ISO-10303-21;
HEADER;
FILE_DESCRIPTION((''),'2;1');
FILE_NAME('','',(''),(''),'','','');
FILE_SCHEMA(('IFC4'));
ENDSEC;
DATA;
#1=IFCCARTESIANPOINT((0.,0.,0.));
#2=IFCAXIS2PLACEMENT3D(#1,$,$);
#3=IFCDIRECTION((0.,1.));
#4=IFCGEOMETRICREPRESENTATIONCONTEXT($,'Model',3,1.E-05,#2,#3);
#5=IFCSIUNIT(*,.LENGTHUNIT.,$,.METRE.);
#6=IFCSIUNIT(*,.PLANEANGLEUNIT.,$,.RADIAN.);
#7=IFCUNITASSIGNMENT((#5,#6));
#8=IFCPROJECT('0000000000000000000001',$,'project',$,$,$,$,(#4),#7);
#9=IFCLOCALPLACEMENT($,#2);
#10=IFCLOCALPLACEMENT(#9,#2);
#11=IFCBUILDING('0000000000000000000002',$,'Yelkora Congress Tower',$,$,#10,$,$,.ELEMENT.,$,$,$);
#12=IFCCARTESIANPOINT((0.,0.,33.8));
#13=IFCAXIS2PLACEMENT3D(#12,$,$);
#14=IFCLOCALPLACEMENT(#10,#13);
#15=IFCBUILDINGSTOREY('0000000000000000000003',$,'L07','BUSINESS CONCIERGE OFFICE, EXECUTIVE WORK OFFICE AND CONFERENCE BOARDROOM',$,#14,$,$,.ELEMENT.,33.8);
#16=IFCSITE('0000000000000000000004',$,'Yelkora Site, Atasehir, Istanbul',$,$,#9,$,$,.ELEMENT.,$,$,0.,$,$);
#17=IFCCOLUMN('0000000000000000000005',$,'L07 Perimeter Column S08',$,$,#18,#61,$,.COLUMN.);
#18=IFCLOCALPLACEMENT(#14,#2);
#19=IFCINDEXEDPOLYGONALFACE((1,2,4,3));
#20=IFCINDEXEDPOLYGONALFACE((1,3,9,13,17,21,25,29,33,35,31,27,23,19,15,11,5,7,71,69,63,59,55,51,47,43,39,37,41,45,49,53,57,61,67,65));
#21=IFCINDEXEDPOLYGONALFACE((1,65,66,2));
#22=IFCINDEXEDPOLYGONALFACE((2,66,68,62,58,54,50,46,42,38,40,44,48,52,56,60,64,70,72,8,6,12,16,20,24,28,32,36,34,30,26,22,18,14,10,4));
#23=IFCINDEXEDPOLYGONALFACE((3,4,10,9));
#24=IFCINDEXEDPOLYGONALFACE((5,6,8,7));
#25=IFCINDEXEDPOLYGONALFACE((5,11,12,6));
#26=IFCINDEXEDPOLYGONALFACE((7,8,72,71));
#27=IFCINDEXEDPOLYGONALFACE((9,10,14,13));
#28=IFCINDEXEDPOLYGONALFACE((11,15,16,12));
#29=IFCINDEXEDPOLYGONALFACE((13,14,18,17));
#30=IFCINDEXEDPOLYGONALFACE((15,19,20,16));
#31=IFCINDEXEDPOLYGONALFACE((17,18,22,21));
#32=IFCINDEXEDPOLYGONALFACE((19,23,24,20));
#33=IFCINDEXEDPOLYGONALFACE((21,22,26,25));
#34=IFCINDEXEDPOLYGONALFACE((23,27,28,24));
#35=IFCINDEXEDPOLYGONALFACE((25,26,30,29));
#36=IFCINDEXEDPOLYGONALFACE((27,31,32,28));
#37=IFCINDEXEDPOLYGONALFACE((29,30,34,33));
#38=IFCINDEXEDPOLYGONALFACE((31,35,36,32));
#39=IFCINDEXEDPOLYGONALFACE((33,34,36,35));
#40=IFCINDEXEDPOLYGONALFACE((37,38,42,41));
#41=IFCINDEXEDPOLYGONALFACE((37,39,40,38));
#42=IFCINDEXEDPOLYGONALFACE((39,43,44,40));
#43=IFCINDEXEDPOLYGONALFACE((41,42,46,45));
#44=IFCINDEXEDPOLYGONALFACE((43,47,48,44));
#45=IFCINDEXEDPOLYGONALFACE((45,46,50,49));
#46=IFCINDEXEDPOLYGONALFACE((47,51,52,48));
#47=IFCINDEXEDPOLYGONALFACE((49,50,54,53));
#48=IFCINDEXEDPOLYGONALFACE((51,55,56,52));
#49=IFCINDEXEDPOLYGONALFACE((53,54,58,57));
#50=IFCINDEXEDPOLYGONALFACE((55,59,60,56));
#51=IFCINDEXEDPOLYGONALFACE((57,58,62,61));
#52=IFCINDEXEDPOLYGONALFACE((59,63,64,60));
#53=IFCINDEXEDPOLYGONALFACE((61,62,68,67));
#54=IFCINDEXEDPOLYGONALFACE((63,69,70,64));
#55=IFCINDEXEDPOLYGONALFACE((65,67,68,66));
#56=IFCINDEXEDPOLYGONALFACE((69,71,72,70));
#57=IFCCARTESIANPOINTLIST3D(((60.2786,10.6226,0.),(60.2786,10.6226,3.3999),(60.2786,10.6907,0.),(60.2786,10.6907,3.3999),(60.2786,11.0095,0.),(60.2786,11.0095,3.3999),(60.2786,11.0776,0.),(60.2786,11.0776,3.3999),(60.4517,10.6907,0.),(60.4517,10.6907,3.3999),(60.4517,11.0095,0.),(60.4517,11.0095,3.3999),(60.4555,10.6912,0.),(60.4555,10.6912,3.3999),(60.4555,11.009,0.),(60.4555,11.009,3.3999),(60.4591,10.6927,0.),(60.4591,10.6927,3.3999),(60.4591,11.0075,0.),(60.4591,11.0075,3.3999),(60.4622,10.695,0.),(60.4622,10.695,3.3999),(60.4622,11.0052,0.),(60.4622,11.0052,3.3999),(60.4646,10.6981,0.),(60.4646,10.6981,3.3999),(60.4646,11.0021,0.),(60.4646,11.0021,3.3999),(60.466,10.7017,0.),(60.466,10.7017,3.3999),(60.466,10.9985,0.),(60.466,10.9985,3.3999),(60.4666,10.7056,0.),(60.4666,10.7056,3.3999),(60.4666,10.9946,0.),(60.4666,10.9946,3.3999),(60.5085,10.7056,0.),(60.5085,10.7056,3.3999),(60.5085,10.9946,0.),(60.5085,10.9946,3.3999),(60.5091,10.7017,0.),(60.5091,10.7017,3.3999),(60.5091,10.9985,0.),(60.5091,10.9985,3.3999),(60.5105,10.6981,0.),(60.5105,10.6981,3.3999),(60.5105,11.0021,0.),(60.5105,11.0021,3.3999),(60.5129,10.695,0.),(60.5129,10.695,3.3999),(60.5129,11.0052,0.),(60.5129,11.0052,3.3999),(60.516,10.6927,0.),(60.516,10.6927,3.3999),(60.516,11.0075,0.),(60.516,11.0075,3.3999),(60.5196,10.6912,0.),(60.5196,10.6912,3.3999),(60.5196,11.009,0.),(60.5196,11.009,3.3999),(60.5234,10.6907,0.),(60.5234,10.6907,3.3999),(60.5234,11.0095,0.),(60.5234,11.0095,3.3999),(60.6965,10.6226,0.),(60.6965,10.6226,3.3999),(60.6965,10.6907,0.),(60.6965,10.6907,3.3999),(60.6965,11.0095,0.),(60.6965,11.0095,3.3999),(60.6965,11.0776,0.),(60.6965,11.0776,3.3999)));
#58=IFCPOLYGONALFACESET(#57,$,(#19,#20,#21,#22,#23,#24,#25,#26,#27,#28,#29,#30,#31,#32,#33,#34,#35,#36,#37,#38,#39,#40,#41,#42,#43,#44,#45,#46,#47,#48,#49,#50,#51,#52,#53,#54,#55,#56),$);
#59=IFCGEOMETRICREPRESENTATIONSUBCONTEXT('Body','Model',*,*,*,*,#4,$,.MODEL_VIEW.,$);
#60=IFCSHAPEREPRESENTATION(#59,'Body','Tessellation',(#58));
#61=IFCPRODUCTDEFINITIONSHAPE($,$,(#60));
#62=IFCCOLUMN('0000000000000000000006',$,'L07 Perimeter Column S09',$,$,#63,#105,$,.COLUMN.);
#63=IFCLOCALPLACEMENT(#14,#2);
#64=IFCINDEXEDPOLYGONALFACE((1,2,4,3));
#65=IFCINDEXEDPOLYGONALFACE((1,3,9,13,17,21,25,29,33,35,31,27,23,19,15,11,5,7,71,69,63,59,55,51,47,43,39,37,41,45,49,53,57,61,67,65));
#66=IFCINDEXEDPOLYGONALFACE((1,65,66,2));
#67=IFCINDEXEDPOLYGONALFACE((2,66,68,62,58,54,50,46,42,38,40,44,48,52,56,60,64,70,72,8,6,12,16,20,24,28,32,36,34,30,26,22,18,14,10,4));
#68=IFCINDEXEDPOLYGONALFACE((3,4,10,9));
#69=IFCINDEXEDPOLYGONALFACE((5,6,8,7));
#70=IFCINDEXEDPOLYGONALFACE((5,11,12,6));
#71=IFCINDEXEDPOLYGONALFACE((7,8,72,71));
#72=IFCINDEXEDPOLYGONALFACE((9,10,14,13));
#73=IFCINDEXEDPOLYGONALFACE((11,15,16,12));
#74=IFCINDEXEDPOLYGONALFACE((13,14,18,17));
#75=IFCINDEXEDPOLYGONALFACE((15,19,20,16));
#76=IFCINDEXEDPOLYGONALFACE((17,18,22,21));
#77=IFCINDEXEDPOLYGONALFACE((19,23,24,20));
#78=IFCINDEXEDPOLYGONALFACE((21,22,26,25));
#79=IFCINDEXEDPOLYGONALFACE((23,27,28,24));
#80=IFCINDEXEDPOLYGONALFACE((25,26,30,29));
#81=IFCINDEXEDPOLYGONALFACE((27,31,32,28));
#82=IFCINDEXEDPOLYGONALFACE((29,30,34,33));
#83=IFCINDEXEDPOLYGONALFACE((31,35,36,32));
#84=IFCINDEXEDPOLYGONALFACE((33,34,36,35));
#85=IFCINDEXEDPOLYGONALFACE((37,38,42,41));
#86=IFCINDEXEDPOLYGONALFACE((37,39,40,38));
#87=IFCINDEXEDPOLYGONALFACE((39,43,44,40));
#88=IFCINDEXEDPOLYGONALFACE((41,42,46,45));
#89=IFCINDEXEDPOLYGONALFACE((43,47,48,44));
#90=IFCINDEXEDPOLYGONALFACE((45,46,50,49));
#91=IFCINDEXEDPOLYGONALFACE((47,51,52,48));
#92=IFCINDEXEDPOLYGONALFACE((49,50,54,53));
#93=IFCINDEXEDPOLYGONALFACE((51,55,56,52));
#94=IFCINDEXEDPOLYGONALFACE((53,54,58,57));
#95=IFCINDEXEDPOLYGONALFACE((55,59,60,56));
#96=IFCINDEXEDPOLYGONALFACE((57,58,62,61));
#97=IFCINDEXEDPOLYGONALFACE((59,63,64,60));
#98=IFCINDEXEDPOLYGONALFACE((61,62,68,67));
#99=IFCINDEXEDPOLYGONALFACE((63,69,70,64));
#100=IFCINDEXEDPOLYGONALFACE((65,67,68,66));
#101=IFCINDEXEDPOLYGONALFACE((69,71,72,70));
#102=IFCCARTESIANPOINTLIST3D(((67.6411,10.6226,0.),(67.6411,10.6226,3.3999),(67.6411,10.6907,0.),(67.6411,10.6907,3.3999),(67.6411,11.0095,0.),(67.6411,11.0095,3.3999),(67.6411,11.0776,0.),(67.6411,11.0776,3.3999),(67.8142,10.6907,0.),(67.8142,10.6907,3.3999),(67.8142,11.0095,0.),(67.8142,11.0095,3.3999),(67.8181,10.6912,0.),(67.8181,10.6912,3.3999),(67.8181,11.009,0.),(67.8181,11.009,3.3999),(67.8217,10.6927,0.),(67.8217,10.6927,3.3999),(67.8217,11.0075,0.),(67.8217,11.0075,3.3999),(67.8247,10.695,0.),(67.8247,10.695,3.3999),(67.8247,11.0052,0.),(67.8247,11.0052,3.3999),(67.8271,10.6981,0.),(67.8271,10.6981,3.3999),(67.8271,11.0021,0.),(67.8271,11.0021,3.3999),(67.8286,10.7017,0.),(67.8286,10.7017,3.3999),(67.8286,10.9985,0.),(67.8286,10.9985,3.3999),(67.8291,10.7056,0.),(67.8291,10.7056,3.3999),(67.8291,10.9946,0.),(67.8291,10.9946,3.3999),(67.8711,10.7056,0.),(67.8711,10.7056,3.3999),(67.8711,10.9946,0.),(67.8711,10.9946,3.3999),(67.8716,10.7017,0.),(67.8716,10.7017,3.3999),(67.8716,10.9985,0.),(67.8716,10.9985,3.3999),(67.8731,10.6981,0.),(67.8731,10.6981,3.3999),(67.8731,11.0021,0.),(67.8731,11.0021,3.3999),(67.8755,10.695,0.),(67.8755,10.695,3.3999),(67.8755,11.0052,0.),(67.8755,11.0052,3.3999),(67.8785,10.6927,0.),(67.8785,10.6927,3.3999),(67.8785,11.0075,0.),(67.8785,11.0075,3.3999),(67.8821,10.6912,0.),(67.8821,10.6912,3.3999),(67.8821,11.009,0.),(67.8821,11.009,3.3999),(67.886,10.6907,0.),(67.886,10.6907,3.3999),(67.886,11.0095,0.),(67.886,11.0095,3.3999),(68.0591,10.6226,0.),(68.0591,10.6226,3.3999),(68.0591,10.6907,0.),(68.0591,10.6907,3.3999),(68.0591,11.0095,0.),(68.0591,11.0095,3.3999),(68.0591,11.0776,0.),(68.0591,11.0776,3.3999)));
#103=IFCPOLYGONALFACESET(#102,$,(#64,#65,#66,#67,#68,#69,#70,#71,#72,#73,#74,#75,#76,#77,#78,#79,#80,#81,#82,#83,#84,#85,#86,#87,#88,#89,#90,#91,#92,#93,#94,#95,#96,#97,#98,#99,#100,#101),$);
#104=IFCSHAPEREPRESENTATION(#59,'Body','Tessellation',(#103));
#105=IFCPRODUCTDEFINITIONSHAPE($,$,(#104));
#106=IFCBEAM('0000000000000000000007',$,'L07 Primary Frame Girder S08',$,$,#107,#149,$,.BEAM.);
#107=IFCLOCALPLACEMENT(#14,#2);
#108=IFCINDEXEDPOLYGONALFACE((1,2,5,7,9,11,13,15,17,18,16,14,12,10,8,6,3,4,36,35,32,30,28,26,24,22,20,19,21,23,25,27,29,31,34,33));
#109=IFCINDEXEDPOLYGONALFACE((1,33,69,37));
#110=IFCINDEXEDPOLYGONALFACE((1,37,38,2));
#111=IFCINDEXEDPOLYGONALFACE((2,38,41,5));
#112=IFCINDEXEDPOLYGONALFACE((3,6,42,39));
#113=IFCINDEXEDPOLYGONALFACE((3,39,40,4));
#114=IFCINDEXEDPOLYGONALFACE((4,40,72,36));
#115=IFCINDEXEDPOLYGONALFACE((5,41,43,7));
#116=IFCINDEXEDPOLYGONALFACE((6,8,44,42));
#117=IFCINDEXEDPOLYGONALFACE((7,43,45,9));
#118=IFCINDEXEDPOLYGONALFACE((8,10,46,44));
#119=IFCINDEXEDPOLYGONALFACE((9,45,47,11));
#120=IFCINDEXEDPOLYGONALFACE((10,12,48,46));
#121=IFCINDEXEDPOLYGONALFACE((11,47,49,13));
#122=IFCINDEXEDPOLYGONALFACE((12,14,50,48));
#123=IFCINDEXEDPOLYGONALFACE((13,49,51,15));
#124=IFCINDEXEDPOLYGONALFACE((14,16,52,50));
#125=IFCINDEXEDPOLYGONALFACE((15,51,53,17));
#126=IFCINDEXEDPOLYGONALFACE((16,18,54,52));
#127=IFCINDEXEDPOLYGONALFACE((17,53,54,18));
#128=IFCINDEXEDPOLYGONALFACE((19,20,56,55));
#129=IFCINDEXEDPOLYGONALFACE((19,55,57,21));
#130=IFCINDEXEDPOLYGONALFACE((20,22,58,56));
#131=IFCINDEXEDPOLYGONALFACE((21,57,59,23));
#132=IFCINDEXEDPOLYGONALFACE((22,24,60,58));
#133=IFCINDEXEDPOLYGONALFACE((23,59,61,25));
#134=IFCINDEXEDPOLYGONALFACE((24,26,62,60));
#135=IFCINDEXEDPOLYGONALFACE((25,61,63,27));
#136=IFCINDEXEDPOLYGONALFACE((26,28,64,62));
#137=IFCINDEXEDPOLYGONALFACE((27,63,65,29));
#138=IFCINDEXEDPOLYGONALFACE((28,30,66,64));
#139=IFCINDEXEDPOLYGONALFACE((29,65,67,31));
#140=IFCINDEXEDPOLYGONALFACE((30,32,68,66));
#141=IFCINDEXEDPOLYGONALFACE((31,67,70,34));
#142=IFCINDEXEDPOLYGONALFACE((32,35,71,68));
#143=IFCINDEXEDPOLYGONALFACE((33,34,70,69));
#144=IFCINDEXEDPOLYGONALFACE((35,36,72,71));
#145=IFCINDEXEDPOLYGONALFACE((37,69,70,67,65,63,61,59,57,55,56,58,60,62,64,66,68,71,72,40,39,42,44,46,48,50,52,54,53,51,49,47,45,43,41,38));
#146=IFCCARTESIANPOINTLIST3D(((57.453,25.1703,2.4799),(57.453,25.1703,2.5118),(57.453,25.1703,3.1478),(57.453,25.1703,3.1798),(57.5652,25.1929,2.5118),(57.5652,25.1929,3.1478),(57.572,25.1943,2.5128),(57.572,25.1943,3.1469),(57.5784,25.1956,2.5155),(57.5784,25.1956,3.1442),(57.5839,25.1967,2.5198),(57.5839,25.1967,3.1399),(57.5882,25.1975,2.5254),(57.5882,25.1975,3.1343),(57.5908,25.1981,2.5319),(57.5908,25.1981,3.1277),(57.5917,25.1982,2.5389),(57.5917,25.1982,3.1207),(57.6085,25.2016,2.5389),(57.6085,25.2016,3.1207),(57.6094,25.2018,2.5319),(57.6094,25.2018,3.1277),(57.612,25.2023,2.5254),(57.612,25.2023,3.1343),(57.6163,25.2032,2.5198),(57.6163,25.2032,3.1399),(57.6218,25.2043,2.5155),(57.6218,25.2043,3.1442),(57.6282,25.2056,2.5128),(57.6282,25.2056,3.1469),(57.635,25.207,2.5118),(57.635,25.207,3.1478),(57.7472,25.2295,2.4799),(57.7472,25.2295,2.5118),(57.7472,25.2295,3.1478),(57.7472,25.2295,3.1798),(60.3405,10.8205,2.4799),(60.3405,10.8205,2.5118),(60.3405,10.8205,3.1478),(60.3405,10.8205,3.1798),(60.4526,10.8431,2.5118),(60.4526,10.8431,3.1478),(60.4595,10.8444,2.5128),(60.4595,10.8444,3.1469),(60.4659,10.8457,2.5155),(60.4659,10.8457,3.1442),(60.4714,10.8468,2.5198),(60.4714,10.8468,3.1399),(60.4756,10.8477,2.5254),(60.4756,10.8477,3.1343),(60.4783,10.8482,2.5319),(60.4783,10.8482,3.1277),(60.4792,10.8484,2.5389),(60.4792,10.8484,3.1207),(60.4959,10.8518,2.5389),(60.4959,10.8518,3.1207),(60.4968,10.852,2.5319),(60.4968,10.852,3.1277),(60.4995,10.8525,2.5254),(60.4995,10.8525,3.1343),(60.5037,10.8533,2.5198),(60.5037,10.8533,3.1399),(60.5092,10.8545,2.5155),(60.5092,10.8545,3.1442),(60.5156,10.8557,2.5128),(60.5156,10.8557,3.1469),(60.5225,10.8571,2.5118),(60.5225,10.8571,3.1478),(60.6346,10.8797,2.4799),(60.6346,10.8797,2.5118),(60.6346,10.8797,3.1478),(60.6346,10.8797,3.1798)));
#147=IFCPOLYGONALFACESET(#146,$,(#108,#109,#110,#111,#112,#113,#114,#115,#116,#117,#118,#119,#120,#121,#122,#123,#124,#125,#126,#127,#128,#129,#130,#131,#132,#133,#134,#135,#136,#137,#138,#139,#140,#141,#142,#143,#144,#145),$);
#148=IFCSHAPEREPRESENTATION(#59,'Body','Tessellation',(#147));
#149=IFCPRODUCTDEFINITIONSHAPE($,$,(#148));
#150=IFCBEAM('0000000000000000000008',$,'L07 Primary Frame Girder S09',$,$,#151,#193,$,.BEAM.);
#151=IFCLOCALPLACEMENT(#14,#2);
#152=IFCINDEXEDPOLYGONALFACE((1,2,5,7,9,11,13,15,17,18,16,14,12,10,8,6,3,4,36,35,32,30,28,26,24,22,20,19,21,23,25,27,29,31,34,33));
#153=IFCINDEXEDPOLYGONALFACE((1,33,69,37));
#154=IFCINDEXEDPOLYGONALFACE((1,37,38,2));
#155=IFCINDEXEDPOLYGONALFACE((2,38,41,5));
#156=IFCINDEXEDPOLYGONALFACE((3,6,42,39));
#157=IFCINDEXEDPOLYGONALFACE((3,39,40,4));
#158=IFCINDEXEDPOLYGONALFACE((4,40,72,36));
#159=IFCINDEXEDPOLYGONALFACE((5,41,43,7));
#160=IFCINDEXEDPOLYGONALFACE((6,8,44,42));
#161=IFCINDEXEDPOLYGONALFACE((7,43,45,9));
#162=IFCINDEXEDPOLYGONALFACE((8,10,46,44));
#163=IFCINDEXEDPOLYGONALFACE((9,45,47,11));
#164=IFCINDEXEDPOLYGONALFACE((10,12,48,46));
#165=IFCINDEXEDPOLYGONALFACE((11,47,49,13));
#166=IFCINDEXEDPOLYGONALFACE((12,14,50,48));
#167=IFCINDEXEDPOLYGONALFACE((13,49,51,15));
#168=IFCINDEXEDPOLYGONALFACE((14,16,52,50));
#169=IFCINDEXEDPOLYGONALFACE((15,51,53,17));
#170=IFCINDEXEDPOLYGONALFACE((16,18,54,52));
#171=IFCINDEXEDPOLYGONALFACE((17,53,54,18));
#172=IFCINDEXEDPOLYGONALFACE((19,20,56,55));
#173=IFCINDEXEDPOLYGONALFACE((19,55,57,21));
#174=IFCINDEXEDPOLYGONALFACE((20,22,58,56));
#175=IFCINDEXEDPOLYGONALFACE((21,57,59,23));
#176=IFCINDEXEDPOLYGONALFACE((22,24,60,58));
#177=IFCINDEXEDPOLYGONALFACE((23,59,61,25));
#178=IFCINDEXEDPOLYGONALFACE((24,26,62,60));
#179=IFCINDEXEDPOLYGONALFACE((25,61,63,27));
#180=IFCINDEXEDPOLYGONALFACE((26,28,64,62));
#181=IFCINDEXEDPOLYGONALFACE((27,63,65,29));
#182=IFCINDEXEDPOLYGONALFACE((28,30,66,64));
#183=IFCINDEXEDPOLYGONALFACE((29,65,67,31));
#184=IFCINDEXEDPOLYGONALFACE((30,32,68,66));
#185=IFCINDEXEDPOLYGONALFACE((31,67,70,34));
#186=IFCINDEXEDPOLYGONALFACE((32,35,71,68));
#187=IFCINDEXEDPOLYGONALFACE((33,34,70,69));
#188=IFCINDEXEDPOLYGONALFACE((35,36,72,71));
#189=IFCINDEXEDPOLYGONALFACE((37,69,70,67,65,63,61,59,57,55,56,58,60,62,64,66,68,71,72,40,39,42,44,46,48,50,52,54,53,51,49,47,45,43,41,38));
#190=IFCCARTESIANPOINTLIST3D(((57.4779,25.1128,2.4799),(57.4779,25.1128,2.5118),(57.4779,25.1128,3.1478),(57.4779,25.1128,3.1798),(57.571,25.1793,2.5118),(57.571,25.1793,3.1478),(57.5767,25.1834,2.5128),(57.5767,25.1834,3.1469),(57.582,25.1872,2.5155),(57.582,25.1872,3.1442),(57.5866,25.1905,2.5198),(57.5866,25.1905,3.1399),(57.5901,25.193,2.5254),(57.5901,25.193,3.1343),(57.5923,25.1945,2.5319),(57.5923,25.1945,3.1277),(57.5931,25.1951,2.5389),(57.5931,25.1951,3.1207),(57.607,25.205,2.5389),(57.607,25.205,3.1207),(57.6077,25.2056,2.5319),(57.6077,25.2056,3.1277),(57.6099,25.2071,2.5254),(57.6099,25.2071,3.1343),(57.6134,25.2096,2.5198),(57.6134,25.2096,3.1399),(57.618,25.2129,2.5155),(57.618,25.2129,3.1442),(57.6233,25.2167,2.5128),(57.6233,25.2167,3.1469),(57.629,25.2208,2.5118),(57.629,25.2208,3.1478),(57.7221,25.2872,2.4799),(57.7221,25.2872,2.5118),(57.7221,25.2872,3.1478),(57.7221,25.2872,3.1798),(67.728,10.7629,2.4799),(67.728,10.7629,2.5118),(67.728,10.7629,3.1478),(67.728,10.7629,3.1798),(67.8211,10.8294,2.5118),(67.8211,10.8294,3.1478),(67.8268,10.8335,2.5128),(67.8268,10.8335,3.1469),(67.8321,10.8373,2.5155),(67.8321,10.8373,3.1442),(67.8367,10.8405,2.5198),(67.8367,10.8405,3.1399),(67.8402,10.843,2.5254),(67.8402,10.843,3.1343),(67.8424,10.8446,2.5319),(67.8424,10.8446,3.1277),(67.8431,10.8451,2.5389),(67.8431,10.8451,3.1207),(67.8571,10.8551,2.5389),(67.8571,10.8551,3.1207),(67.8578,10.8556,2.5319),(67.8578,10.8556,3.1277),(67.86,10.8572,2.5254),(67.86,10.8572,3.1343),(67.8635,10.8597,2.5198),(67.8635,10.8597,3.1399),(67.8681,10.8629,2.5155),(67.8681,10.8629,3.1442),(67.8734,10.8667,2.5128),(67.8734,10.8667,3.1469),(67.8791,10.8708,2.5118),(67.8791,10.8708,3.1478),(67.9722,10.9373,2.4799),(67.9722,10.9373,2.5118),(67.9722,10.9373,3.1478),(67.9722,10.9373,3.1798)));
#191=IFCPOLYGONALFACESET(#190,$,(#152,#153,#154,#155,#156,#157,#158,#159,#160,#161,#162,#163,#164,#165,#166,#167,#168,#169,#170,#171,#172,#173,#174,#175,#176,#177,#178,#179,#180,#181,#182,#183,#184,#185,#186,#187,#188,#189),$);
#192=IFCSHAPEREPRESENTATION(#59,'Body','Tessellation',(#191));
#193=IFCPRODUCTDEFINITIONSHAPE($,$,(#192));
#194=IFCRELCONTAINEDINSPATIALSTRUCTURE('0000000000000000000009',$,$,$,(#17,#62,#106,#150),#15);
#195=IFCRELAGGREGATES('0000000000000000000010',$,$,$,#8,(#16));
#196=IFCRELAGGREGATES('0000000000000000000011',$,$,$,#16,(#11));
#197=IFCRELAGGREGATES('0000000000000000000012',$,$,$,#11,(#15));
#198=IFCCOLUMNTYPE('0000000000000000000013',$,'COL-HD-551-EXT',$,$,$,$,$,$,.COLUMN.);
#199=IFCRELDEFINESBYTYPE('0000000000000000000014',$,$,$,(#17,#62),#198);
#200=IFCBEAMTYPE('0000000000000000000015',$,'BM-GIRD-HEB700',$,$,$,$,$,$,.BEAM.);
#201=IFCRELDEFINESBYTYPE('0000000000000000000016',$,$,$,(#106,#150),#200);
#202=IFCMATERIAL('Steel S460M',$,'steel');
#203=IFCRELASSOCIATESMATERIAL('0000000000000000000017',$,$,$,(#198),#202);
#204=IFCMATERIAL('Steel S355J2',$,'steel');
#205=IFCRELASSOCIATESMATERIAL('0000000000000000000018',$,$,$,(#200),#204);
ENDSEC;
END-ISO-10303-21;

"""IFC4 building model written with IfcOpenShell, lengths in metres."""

from ifc_helpers import new_model, si_unit, direction, frame, origin, origin_2d, place, context, subcontext, project, spatial, i_section, extrude, material, material_profile, profile_set, type_object, element, save


model = new_model("IFC4")

# Units and contexts
model_context = context("Model", 3, precision=1e-05, world=origin(), true_north=direction((0.0, 1.0)))
body_context = subcontext(model_context, "Body", "Model", "MODEL_VIEW")
ifc_project = project(units=[si_unit("LENGTHUNIT", "METRE"), si_unit("PLANEANGLEUNIT", "RADIAN")], contexts=[model_context])

# Site, building, storey
site_placement = place(None, origin())
site = spatial("IfcSite", under=ifc_project, at=site_placement, Name="Yelkora Site, Atasehir, Istanbul", CompositionType="ELEMENT", RefElevation=0.0)
building_placement = place(site_placement, origin())
building = spatial("IfcBuilding", under=site, at=building_placement, Name="Yelkora Congress Tower", CompositionType="ELEMENT")
storey_placement = place(building_placement, frame((0.0, 0.0, 33.8)))
storey = spatial("IfcBuildingStorey", under=building, at=storey_placement, Name="L07", Description="BUSINESS CONCIERGE OFFICE, EXECUTIVE WORK OFFICE AND CONFERENCE BOARDROOM", CompositionType="ELEMENT", Elevation=33.8)

# Columns
ifc_material_1 = material(Name="Steel S460M", Category="steel")
ifc_material_profile_1 = material_profile(ifc_material_1, i_section(OverallWidth=0.418, OverallDepth=0.4551, WebThickness=0.042, FlangeThickness=0.0681, FilletRadius=0.0149, at=origin_2d()), Name="HD 400x551")
ifc_profile_set_1 = profile_set([ifc_material_profile_1], Name="Steel S460M")
column_type = type_object("IfcColumnType", Name="COL-HD-551-EXT", PredefinedType="COLUMN", material=ifc_profile_set_1)
for number, where, z_axis, x_axis, name in (
    (1, (60.4875, 10.8501, 0.0), (0.0, 0.0, 1.0), (1.0, 0.0, 0.0), "L07 Perimeter Column S08"),
    (2, (67.8501, 10.8501, 0.0), (0.0, 0.0, 1.0), (1.0, 0.0, 0.0), "L07 Perimeter Column S09"),
):
    element("IfcColumn", number, at=place(storey_placement, frame(where, z_axis=z_axis, x_axis=x_axis)), inside=storey, type_object=column_type, Name=name, PredefinedType="COLUMN", context=body_context, shape_type="SweptSolid", body=[
        extrude(i_section(OverallWidth=0.418, OverallDepth=0.4551, WebThickness=0.042, FlangeThickness=0.0681, FilletRadius=0.0149, at=origin_2d()), origin(), (0.0, 0.0, 1.0), 3.3999),
    ])

# Beams
ifc_material_2 = material(Name="Steel S355J2", Category="steel")
ifc_material_profile_2 = material_profile(ifc_material_2, i_section(OverallWidth=0.3, OverallDepth=0.7, WebThickness=0.0171, FlangeThickness=0.032, FilletRadius=0.0271, at=origin_2d()), Name="HEB 700")
ifc_profile_set_2 = profile_set([ifc_material_profile_2], Name="Steel S355J2")
beam_type_1 = type_object("IfcBeamType", Name="BM-GIRD-HEB700", PredefinedType="BEAM", material=ifc_profile_set_2)
beam_1_placement = place(storey_placement, frame((60.4875, 10.8501, 2.8298), z_axis=(-0.197264, 0.98035, 0.0), x_axis=(-0.98035, -0.197264, 0.0)))
element("IfcBeam", 3, at=beam_1_placement, inside=storey, type_object=beam_type_1, Name="L07 Primary Frame Girder S08", PredefinedType="BEAM", context=body_context, shape_type="SweptSolid", body=[
    extrude(i_section(OverallWidth=0.3, OverallDepth=0.7, WebThickness=0.0171, FlangeThickness=0.032, FilletRadius=0.0271, at=origin_2d()), origin(), (0.0, 0.0, 1.0), 14.6375),
])
beam_2_placement = place(storey_placement, frame((67.8501, 10.8501, 2.8298), z_axis=(-0.581242, 0.813731, 0.0), x_axis=(-0.813731, -0.581242, 0.0)))
element("IfcBeam", 4, at=beam_2_placement, inside=storey, type_object=beam_type_1, Name="L07 Primary Frame Girder S09", PredefinedType="BEAM", context=body_context, shape_type="SweptSolid", body=[
    extrude(i_section(OverallWidth=0.3, OverallDepth=0.7, WebThickness=0.0171, FlangeThickness=0.032, FilletRadius=0.0271, at=origin_2d()), origin(), (0.0, 0.0, 1.0), 17.6348),
])

save(model, "model.ifc")
